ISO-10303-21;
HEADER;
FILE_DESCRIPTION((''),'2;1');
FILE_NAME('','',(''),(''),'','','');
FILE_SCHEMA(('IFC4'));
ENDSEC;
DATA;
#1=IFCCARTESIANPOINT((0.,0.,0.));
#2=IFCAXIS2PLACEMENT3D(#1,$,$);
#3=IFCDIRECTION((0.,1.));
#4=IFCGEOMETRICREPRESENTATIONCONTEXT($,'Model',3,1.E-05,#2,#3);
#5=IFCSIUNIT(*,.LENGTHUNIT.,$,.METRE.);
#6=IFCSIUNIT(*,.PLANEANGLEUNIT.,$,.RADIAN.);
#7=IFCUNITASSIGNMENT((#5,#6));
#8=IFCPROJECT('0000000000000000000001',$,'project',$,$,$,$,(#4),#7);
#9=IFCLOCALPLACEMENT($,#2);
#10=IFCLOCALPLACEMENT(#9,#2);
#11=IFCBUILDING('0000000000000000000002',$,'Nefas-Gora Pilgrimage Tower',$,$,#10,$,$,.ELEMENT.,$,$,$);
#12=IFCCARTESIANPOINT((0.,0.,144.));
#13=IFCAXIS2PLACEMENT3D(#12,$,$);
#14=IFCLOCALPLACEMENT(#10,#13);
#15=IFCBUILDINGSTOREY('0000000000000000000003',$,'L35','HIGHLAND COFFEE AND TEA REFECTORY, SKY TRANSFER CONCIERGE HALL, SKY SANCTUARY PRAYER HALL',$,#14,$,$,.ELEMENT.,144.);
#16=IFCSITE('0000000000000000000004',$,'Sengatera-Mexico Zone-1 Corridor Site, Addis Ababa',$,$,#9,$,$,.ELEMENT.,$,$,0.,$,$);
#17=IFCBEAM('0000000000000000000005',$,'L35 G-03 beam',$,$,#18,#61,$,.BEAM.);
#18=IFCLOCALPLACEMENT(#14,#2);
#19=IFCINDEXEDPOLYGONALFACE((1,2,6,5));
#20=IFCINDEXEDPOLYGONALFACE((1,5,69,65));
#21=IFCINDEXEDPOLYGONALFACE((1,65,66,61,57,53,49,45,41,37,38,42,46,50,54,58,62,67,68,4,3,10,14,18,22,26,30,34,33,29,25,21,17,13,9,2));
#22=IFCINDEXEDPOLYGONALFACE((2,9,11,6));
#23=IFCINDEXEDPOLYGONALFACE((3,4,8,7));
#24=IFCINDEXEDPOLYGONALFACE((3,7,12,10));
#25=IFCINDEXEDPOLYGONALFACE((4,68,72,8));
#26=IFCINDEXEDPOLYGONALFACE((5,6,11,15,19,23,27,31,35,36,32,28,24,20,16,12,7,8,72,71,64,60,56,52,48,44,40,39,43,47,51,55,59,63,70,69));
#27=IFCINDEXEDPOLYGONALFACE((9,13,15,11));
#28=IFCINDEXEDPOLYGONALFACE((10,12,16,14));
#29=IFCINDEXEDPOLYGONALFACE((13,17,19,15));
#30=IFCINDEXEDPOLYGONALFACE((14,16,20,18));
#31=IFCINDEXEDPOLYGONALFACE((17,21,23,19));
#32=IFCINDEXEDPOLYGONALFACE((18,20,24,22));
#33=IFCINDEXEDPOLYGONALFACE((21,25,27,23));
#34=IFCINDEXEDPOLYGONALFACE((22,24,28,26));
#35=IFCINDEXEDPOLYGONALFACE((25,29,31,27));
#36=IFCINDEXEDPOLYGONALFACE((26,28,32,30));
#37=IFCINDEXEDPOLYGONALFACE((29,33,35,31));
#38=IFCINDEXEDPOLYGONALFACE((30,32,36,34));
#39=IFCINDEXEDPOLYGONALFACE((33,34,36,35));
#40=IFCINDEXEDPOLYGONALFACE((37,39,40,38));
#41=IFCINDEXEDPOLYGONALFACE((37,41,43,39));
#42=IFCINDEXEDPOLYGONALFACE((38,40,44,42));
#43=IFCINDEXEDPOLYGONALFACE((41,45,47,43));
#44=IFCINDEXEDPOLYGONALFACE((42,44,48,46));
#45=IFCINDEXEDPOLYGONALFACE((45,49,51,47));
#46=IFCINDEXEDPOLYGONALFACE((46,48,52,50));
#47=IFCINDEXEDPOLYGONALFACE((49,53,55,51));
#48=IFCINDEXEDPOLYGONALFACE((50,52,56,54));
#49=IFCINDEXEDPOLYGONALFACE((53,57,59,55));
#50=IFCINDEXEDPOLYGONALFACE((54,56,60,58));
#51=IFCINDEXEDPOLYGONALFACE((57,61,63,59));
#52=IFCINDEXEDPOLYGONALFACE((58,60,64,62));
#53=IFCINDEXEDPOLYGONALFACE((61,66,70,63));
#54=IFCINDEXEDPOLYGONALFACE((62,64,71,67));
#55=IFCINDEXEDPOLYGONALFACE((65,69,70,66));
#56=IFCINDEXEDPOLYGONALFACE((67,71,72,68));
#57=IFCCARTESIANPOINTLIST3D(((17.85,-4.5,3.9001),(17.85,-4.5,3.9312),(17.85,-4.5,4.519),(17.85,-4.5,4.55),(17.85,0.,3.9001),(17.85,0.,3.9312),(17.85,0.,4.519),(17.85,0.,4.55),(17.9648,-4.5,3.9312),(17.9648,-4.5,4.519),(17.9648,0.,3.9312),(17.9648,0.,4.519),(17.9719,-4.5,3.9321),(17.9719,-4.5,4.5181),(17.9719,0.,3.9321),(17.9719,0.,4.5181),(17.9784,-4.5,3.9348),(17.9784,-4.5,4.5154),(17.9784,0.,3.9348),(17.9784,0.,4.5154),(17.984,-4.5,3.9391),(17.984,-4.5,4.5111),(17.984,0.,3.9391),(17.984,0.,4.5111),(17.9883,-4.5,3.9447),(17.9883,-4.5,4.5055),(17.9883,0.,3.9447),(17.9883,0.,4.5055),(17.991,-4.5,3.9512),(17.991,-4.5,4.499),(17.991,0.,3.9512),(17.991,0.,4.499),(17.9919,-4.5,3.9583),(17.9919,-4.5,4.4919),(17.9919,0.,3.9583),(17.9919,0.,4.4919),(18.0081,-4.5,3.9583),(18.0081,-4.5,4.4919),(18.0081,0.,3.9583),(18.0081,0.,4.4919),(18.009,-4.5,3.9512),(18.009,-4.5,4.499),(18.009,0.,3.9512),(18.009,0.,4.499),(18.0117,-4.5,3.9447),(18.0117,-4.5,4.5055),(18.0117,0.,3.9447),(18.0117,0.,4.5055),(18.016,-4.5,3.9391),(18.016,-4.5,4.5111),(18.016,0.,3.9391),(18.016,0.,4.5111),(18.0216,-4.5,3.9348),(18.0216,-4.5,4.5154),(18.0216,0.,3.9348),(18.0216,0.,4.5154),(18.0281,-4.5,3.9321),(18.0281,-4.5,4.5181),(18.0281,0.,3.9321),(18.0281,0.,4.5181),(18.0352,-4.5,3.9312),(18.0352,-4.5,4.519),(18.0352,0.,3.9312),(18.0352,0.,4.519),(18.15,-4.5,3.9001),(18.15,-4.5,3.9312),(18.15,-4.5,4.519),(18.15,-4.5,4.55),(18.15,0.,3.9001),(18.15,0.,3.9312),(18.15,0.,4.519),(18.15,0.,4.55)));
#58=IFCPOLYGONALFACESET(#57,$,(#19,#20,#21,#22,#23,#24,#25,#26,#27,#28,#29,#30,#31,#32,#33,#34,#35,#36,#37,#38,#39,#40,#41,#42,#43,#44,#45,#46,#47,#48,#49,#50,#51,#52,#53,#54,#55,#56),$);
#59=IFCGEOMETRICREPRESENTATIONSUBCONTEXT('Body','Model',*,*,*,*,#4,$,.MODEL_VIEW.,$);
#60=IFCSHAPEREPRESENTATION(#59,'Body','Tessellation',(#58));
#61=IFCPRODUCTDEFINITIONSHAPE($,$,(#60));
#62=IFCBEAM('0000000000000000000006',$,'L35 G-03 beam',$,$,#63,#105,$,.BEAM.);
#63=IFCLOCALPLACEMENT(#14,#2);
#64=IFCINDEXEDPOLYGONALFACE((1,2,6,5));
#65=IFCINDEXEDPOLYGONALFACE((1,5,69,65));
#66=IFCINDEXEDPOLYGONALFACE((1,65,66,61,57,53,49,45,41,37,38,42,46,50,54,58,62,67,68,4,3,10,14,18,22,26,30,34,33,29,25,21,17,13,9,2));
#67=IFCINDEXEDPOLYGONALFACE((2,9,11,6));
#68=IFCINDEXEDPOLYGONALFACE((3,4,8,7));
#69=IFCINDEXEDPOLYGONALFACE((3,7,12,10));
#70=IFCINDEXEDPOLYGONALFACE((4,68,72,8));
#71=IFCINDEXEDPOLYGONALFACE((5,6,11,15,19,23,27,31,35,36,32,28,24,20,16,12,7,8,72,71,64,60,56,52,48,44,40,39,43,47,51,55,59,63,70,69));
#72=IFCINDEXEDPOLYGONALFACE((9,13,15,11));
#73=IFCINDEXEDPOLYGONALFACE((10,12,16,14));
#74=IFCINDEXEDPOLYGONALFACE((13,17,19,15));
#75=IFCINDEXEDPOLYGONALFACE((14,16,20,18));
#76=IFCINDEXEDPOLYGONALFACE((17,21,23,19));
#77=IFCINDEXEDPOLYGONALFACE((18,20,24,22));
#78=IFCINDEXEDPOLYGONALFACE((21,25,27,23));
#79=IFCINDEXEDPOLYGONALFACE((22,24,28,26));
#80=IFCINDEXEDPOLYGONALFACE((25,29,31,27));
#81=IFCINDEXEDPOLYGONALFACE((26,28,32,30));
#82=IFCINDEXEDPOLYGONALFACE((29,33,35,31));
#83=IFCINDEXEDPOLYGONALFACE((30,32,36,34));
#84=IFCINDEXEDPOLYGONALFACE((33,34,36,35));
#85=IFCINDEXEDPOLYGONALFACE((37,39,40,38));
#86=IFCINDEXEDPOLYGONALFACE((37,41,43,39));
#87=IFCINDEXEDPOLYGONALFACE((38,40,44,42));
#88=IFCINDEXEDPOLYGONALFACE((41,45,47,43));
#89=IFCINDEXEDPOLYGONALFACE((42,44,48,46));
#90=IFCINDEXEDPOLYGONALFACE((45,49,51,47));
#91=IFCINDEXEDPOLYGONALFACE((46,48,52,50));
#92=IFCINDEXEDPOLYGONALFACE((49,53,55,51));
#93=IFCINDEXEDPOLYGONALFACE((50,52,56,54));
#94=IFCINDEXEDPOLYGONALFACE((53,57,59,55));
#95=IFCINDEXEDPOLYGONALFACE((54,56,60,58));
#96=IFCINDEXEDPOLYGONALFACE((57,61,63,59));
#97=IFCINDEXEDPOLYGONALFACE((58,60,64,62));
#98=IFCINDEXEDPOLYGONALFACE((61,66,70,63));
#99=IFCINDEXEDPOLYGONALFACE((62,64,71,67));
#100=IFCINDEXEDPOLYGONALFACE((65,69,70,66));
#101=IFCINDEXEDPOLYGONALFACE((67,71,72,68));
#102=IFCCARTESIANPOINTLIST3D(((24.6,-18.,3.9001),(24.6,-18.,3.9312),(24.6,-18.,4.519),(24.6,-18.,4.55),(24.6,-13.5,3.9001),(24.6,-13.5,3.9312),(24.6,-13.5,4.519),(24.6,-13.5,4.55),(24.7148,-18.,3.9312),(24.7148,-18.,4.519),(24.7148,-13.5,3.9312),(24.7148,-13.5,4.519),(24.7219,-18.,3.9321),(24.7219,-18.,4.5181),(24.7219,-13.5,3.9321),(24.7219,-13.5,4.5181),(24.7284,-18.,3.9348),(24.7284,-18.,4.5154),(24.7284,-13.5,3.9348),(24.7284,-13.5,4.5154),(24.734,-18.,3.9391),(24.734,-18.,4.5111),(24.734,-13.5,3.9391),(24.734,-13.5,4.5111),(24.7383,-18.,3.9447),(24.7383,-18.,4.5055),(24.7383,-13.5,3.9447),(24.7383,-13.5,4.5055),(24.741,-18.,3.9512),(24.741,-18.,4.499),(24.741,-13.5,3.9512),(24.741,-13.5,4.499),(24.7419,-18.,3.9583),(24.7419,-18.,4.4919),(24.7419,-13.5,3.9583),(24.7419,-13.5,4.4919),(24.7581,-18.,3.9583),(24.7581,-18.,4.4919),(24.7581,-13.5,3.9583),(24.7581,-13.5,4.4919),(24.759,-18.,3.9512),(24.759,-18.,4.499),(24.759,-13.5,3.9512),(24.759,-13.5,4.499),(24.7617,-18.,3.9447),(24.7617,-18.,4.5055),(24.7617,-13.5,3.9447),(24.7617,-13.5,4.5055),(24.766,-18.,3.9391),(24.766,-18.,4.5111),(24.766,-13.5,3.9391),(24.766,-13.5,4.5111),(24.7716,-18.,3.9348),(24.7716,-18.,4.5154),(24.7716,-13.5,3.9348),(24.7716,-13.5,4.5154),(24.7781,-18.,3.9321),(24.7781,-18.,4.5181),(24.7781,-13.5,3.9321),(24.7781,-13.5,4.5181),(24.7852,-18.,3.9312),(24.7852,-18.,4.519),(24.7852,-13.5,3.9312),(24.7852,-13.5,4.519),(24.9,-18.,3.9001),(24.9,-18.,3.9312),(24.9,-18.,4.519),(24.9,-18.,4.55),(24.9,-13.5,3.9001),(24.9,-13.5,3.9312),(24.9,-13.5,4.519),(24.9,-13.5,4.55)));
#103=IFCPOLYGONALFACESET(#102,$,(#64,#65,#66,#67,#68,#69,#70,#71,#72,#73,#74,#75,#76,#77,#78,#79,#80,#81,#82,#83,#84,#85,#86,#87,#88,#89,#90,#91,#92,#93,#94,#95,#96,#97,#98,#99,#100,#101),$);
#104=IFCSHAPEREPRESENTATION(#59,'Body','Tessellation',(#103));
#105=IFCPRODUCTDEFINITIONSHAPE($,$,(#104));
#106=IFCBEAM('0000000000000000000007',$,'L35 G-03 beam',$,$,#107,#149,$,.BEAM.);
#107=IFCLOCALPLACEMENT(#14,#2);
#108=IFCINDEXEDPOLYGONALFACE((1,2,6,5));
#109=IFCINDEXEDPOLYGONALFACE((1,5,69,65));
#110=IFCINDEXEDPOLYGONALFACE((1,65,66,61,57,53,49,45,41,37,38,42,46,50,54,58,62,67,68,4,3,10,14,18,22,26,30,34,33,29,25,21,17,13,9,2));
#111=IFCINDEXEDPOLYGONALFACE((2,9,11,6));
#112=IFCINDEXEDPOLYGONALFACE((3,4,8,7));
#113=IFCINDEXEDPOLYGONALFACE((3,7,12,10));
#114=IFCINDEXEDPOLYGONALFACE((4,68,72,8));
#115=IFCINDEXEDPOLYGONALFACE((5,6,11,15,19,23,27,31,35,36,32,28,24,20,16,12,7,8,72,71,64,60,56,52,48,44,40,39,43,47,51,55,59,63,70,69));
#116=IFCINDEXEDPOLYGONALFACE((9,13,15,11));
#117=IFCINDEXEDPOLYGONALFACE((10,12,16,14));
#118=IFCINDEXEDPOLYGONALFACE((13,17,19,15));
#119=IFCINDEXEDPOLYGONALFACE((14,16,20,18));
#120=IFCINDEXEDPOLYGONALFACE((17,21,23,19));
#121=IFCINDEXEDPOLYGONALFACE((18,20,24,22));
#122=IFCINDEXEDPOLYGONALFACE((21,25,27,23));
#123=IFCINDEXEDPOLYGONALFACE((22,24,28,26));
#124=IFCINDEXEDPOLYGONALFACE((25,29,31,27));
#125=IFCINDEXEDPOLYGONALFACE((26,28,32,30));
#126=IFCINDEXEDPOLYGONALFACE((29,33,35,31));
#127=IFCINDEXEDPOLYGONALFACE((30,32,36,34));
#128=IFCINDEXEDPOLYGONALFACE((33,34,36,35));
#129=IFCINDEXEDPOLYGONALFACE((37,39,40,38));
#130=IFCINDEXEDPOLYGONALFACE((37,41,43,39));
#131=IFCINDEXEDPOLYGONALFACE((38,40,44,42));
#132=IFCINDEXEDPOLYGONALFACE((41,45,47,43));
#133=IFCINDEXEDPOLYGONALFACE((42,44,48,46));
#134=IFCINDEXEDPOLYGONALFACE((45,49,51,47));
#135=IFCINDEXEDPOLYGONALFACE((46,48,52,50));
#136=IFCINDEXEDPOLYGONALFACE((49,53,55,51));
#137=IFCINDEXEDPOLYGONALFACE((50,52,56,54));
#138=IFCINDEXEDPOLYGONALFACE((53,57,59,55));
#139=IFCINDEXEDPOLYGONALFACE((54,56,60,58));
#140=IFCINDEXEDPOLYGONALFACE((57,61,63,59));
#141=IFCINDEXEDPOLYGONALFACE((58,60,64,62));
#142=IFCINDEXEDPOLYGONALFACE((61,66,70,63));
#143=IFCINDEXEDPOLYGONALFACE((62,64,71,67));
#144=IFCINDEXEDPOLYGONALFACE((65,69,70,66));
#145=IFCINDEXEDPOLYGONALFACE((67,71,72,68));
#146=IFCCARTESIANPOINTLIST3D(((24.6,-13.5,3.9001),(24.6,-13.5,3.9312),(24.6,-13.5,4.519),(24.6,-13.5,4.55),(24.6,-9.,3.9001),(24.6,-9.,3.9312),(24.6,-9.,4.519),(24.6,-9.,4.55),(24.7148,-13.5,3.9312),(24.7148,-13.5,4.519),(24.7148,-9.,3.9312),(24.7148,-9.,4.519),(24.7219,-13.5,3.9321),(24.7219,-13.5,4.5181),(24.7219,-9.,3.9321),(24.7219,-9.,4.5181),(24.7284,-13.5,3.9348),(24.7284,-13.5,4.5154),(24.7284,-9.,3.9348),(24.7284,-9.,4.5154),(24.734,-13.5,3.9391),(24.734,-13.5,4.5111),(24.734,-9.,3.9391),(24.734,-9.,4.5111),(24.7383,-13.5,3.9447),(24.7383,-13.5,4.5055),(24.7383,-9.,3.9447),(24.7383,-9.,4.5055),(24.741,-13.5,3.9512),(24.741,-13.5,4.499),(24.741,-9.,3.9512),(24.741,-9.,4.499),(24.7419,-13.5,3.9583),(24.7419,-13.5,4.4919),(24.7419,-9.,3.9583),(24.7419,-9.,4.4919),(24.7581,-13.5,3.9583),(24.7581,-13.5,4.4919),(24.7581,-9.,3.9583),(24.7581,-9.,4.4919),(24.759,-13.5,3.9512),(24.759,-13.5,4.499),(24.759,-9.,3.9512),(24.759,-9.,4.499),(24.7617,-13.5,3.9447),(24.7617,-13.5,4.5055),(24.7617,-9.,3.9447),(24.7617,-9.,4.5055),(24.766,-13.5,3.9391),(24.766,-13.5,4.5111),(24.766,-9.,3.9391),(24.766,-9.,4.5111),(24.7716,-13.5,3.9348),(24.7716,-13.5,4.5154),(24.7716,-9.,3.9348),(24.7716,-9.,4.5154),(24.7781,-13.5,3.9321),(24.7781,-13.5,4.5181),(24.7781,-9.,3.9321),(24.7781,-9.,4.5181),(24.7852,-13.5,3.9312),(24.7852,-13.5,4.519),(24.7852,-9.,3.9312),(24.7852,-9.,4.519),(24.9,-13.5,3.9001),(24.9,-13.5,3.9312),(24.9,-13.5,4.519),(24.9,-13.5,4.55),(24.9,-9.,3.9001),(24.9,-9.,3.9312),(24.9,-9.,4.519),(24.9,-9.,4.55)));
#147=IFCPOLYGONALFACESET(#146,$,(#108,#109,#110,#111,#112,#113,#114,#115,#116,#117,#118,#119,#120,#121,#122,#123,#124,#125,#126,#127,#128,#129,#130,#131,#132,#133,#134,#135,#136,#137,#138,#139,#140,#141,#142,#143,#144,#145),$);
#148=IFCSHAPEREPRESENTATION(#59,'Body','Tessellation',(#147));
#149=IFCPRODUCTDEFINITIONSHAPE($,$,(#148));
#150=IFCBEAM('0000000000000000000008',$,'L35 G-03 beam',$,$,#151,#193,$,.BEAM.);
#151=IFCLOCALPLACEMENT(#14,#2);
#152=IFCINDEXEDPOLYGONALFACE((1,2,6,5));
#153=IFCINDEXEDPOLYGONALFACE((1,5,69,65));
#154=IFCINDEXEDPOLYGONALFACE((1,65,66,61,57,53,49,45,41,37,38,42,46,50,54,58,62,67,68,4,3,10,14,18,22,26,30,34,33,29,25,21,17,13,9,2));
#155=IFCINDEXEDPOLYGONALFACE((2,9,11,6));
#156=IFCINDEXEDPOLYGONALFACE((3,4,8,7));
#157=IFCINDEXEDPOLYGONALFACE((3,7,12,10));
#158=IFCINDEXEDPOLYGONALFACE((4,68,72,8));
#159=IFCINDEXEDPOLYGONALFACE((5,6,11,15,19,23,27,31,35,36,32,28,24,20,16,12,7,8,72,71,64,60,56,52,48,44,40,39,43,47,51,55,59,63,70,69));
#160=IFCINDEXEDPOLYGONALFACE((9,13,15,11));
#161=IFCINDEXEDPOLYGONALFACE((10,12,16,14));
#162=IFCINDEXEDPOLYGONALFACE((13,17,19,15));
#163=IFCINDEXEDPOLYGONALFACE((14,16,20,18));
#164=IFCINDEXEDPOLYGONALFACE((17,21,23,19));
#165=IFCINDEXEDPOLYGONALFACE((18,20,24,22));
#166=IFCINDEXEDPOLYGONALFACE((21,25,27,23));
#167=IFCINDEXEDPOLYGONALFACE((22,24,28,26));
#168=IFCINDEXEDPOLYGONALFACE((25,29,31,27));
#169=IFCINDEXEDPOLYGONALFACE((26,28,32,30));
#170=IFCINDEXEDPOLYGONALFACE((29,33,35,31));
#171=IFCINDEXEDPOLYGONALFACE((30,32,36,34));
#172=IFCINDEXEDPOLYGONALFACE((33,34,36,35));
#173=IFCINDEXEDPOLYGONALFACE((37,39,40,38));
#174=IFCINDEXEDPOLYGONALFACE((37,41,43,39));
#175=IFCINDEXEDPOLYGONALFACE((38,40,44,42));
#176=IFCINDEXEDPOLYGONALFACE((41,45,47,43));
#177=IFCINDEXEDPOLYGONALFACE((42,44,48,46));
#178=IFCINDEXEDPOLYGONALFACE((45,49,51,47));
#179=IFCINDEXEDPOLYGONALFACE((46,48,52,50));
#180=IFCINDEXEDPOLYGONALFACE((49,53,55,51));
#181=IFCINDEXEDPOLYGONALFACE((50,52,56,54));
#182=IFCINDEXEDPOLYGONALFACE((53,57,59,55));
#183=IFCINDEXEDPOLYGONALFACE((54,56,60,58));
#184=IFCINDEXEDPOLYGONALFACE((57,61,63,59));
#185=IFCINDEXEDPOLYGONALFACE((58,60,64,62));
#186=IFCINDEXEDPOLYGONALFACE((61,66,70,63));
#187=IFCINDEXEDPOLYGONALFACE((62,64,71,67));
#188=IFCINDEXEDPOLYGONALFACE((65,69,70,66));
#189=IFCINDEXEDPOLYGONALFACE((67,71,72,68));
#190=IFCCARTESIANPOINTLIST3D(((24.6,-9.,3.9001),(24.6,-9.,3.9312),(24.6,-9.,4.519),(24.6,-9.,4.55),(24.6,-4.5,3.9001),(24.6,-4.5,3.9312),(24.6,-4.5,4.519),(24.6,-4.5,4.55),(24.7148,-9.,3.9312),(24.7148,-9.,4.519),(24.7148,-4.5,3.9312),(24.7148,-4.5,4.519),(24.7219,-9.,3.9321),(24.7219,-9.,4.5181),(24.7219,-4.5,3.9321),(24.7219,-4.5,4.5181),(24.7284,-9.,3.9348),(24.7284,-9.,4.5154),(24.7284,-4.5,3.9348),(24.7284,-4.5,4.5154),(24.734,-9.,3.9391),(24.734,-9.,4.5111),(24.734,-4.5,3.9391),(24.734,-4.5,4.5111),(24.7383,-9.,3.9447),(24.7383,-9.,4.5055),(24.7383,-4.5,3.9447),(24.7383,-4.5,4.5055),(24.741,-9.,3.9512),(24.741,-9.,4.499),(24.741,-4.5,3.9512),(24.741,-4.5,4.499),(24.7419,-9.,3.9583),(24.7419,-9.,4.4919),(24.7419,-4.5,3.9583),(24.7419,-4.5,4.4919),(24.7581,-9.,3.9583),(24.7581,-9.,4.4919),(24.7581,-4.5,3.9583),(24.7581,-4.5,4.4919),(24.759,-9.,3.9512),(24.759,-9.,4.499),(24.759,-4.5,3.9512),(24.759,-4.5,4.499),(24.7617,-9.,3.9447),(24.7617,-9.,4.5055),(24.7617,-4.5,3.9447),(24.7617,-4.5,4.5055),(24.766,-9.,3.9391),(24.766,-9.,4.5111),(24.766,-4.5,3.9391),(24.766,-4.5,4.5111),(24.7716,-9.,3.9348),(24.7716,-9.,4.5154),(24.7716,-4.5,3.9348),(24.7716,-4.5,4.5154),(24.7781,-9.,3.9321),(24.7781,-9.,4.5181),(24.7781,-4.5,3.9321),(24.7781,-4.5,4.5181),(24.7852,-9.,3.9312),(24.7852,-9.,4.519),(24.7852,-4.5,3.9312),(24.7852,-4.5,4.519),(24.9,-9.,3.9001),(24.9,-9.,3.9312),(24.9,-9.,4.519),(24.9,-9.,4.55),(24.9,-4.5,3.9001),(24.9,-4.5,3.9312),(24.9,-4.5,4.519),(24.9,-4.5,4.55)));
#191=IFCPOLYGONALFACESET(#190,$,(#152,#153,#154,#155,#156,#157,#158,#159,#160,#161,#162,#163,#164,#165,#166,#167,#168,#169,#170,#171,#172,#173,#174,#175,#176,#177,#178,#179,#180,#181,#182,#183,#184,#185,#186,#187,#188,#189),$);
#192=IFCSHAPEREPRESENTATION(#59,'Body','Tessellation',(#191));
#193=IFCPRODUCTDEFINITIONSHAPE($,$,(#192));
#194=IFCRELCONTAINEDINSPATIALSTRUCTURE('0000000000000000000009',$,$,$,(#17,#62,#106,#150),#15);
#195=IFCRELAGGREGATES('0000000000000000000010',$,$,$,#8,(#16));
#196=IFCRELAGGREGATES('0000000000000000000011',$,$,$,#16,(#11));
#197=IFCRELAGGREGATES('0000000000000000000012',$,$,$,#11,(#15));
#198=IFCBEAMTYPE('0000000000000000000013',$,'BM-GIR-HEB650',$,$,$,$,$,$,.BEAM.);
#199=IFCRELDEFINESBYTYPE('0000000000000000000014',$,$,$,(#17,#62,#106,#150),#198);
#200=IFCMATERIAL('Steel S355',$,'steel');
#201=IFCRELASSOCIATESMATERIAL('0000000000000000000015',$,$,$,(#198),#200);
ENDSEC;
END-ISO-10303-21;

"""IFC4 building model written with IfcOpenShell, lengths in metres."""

from ifc_helpers import new_model, si_unit, direction, frame, origin, origin_2d, place, context, subcontext, project, spatial, i_section, extrude, source, transform, mapped, material, material_profile, profile_set, type_object, element, save


model = new_model("IFC4")

# Units and contexts
model_context = context("Model", 3, precision=1e-05, world=origin(), true_north=direction((0.0, 1.0)))
body_context = subcontext(model_context, "Body", "Model", "MODEL_VIEW")
ifc_project = project(units=[si_unit("LENGTHUNIT", "METRE"), si_unit("PLANEANGLEUNIT", "RADIAN")], contexts=[model_context])

# Site, building, storey
site_placement = place(None, origin())
site = spatial("IfcSite", under=ifc_project, at=site_placement, Name="Sengatera-Mexico Zone-1 Corridor Site, Addis Ababa", CompositionType="ELEMENT", RefElevation=0.0)
building_placement = place(site_placement, origin())
building = spatial("IfcBuilding", under=site, at=building_placement, Name="Nefas-Gora Pilgrimage Tower", CompositionType="ELEMENT")
storey_placement = place(building_placement, frame((0.0, 0.0, 144.0)))
storey = spatial("IfcBuildingStorey", under=building, at=storey_placement, Name="L35", Description="HIGHLAND COFFEE AND TEA REFECTORY, SKY TRANSFER CONCIERGE HALL, SKY SANCTUARY PRAYER HALL", CompositionType="ELEMENT", Elevation=144.0)

# Beams
ifc_material_1 = material(Name="Steel S355", Category="steel")
ifc_material_profile_1 = material_profile(ifc_material_1, i_section(OverallWidth=0.3, OverallDepth=0.6499, WebThickness=0.0161, FlangeThickness=0.031, FilletRadius=0.0271, at=origin_2d()), Name="HEB 650")
ifc_profile_set_1 = profile_set([ifc_material_profile_1], Name="Steel S355")
beam_type = type_object("IfcBeamType", Name="BM-GIR-HEB650", PredefinedType="BEAM", material=ifc_profile_set_1)
shared_shape_1 = source(origin(), body_context, "Body", "SweptSolid", [
    extrude(i_section(OverallWidth=0.3, OverallDepth=0.6499, WebThickness=0.0161, FlangeThickness=0.031, FilletRadius=0.0271, at=origin_2d()), origin(), (0.0, 0.0, 1.0), 4.5),
])
for number, where, z_axis, x_axis, name in (
    (1, (18.0, -4.5, 4.2251), (0.0, 1.0, 0.0), (-1.0, 0.0, 0.0), "L35 G-03 beam"),
    (2, (24.75, -18.0, 4.2251), (0.0, 1.0, 0.0), (-1.0, 0.0, 0.0), "L35 G-03 beam"),
    (3, (24.75, -13.5, 4.2251), (0.0, 1.0, 0.0), (-1.0, 0.0, 0.0), "L35 G-03 beam"),
    (4, (24.75, -9.0, 4.2251), (0.0, 1.0, 0.0), (-1.0, 0.0, 0.0), "L35 G-03 beam"),
):
    element("IfcBeam", number, at=place(storey_placement, frame(where, z_axis=z_axis, x_axis=x_axis)), inside=storey, type_object=beam_type, Name=name, PredefinedType="BEAM", context=body_context, shape_type="MappedRepresentation", body=[
        mapped(shared_shape_1, transform((0.0, 0.0, 0.0), x_axis=(1.0, 0.0, 0.0), y_axis=(0.0, 1.0, 0.0), z_axis=(0.0, 0.0, 1.0), scale=1.0)),
    ])

save(model, "model.ifc")
